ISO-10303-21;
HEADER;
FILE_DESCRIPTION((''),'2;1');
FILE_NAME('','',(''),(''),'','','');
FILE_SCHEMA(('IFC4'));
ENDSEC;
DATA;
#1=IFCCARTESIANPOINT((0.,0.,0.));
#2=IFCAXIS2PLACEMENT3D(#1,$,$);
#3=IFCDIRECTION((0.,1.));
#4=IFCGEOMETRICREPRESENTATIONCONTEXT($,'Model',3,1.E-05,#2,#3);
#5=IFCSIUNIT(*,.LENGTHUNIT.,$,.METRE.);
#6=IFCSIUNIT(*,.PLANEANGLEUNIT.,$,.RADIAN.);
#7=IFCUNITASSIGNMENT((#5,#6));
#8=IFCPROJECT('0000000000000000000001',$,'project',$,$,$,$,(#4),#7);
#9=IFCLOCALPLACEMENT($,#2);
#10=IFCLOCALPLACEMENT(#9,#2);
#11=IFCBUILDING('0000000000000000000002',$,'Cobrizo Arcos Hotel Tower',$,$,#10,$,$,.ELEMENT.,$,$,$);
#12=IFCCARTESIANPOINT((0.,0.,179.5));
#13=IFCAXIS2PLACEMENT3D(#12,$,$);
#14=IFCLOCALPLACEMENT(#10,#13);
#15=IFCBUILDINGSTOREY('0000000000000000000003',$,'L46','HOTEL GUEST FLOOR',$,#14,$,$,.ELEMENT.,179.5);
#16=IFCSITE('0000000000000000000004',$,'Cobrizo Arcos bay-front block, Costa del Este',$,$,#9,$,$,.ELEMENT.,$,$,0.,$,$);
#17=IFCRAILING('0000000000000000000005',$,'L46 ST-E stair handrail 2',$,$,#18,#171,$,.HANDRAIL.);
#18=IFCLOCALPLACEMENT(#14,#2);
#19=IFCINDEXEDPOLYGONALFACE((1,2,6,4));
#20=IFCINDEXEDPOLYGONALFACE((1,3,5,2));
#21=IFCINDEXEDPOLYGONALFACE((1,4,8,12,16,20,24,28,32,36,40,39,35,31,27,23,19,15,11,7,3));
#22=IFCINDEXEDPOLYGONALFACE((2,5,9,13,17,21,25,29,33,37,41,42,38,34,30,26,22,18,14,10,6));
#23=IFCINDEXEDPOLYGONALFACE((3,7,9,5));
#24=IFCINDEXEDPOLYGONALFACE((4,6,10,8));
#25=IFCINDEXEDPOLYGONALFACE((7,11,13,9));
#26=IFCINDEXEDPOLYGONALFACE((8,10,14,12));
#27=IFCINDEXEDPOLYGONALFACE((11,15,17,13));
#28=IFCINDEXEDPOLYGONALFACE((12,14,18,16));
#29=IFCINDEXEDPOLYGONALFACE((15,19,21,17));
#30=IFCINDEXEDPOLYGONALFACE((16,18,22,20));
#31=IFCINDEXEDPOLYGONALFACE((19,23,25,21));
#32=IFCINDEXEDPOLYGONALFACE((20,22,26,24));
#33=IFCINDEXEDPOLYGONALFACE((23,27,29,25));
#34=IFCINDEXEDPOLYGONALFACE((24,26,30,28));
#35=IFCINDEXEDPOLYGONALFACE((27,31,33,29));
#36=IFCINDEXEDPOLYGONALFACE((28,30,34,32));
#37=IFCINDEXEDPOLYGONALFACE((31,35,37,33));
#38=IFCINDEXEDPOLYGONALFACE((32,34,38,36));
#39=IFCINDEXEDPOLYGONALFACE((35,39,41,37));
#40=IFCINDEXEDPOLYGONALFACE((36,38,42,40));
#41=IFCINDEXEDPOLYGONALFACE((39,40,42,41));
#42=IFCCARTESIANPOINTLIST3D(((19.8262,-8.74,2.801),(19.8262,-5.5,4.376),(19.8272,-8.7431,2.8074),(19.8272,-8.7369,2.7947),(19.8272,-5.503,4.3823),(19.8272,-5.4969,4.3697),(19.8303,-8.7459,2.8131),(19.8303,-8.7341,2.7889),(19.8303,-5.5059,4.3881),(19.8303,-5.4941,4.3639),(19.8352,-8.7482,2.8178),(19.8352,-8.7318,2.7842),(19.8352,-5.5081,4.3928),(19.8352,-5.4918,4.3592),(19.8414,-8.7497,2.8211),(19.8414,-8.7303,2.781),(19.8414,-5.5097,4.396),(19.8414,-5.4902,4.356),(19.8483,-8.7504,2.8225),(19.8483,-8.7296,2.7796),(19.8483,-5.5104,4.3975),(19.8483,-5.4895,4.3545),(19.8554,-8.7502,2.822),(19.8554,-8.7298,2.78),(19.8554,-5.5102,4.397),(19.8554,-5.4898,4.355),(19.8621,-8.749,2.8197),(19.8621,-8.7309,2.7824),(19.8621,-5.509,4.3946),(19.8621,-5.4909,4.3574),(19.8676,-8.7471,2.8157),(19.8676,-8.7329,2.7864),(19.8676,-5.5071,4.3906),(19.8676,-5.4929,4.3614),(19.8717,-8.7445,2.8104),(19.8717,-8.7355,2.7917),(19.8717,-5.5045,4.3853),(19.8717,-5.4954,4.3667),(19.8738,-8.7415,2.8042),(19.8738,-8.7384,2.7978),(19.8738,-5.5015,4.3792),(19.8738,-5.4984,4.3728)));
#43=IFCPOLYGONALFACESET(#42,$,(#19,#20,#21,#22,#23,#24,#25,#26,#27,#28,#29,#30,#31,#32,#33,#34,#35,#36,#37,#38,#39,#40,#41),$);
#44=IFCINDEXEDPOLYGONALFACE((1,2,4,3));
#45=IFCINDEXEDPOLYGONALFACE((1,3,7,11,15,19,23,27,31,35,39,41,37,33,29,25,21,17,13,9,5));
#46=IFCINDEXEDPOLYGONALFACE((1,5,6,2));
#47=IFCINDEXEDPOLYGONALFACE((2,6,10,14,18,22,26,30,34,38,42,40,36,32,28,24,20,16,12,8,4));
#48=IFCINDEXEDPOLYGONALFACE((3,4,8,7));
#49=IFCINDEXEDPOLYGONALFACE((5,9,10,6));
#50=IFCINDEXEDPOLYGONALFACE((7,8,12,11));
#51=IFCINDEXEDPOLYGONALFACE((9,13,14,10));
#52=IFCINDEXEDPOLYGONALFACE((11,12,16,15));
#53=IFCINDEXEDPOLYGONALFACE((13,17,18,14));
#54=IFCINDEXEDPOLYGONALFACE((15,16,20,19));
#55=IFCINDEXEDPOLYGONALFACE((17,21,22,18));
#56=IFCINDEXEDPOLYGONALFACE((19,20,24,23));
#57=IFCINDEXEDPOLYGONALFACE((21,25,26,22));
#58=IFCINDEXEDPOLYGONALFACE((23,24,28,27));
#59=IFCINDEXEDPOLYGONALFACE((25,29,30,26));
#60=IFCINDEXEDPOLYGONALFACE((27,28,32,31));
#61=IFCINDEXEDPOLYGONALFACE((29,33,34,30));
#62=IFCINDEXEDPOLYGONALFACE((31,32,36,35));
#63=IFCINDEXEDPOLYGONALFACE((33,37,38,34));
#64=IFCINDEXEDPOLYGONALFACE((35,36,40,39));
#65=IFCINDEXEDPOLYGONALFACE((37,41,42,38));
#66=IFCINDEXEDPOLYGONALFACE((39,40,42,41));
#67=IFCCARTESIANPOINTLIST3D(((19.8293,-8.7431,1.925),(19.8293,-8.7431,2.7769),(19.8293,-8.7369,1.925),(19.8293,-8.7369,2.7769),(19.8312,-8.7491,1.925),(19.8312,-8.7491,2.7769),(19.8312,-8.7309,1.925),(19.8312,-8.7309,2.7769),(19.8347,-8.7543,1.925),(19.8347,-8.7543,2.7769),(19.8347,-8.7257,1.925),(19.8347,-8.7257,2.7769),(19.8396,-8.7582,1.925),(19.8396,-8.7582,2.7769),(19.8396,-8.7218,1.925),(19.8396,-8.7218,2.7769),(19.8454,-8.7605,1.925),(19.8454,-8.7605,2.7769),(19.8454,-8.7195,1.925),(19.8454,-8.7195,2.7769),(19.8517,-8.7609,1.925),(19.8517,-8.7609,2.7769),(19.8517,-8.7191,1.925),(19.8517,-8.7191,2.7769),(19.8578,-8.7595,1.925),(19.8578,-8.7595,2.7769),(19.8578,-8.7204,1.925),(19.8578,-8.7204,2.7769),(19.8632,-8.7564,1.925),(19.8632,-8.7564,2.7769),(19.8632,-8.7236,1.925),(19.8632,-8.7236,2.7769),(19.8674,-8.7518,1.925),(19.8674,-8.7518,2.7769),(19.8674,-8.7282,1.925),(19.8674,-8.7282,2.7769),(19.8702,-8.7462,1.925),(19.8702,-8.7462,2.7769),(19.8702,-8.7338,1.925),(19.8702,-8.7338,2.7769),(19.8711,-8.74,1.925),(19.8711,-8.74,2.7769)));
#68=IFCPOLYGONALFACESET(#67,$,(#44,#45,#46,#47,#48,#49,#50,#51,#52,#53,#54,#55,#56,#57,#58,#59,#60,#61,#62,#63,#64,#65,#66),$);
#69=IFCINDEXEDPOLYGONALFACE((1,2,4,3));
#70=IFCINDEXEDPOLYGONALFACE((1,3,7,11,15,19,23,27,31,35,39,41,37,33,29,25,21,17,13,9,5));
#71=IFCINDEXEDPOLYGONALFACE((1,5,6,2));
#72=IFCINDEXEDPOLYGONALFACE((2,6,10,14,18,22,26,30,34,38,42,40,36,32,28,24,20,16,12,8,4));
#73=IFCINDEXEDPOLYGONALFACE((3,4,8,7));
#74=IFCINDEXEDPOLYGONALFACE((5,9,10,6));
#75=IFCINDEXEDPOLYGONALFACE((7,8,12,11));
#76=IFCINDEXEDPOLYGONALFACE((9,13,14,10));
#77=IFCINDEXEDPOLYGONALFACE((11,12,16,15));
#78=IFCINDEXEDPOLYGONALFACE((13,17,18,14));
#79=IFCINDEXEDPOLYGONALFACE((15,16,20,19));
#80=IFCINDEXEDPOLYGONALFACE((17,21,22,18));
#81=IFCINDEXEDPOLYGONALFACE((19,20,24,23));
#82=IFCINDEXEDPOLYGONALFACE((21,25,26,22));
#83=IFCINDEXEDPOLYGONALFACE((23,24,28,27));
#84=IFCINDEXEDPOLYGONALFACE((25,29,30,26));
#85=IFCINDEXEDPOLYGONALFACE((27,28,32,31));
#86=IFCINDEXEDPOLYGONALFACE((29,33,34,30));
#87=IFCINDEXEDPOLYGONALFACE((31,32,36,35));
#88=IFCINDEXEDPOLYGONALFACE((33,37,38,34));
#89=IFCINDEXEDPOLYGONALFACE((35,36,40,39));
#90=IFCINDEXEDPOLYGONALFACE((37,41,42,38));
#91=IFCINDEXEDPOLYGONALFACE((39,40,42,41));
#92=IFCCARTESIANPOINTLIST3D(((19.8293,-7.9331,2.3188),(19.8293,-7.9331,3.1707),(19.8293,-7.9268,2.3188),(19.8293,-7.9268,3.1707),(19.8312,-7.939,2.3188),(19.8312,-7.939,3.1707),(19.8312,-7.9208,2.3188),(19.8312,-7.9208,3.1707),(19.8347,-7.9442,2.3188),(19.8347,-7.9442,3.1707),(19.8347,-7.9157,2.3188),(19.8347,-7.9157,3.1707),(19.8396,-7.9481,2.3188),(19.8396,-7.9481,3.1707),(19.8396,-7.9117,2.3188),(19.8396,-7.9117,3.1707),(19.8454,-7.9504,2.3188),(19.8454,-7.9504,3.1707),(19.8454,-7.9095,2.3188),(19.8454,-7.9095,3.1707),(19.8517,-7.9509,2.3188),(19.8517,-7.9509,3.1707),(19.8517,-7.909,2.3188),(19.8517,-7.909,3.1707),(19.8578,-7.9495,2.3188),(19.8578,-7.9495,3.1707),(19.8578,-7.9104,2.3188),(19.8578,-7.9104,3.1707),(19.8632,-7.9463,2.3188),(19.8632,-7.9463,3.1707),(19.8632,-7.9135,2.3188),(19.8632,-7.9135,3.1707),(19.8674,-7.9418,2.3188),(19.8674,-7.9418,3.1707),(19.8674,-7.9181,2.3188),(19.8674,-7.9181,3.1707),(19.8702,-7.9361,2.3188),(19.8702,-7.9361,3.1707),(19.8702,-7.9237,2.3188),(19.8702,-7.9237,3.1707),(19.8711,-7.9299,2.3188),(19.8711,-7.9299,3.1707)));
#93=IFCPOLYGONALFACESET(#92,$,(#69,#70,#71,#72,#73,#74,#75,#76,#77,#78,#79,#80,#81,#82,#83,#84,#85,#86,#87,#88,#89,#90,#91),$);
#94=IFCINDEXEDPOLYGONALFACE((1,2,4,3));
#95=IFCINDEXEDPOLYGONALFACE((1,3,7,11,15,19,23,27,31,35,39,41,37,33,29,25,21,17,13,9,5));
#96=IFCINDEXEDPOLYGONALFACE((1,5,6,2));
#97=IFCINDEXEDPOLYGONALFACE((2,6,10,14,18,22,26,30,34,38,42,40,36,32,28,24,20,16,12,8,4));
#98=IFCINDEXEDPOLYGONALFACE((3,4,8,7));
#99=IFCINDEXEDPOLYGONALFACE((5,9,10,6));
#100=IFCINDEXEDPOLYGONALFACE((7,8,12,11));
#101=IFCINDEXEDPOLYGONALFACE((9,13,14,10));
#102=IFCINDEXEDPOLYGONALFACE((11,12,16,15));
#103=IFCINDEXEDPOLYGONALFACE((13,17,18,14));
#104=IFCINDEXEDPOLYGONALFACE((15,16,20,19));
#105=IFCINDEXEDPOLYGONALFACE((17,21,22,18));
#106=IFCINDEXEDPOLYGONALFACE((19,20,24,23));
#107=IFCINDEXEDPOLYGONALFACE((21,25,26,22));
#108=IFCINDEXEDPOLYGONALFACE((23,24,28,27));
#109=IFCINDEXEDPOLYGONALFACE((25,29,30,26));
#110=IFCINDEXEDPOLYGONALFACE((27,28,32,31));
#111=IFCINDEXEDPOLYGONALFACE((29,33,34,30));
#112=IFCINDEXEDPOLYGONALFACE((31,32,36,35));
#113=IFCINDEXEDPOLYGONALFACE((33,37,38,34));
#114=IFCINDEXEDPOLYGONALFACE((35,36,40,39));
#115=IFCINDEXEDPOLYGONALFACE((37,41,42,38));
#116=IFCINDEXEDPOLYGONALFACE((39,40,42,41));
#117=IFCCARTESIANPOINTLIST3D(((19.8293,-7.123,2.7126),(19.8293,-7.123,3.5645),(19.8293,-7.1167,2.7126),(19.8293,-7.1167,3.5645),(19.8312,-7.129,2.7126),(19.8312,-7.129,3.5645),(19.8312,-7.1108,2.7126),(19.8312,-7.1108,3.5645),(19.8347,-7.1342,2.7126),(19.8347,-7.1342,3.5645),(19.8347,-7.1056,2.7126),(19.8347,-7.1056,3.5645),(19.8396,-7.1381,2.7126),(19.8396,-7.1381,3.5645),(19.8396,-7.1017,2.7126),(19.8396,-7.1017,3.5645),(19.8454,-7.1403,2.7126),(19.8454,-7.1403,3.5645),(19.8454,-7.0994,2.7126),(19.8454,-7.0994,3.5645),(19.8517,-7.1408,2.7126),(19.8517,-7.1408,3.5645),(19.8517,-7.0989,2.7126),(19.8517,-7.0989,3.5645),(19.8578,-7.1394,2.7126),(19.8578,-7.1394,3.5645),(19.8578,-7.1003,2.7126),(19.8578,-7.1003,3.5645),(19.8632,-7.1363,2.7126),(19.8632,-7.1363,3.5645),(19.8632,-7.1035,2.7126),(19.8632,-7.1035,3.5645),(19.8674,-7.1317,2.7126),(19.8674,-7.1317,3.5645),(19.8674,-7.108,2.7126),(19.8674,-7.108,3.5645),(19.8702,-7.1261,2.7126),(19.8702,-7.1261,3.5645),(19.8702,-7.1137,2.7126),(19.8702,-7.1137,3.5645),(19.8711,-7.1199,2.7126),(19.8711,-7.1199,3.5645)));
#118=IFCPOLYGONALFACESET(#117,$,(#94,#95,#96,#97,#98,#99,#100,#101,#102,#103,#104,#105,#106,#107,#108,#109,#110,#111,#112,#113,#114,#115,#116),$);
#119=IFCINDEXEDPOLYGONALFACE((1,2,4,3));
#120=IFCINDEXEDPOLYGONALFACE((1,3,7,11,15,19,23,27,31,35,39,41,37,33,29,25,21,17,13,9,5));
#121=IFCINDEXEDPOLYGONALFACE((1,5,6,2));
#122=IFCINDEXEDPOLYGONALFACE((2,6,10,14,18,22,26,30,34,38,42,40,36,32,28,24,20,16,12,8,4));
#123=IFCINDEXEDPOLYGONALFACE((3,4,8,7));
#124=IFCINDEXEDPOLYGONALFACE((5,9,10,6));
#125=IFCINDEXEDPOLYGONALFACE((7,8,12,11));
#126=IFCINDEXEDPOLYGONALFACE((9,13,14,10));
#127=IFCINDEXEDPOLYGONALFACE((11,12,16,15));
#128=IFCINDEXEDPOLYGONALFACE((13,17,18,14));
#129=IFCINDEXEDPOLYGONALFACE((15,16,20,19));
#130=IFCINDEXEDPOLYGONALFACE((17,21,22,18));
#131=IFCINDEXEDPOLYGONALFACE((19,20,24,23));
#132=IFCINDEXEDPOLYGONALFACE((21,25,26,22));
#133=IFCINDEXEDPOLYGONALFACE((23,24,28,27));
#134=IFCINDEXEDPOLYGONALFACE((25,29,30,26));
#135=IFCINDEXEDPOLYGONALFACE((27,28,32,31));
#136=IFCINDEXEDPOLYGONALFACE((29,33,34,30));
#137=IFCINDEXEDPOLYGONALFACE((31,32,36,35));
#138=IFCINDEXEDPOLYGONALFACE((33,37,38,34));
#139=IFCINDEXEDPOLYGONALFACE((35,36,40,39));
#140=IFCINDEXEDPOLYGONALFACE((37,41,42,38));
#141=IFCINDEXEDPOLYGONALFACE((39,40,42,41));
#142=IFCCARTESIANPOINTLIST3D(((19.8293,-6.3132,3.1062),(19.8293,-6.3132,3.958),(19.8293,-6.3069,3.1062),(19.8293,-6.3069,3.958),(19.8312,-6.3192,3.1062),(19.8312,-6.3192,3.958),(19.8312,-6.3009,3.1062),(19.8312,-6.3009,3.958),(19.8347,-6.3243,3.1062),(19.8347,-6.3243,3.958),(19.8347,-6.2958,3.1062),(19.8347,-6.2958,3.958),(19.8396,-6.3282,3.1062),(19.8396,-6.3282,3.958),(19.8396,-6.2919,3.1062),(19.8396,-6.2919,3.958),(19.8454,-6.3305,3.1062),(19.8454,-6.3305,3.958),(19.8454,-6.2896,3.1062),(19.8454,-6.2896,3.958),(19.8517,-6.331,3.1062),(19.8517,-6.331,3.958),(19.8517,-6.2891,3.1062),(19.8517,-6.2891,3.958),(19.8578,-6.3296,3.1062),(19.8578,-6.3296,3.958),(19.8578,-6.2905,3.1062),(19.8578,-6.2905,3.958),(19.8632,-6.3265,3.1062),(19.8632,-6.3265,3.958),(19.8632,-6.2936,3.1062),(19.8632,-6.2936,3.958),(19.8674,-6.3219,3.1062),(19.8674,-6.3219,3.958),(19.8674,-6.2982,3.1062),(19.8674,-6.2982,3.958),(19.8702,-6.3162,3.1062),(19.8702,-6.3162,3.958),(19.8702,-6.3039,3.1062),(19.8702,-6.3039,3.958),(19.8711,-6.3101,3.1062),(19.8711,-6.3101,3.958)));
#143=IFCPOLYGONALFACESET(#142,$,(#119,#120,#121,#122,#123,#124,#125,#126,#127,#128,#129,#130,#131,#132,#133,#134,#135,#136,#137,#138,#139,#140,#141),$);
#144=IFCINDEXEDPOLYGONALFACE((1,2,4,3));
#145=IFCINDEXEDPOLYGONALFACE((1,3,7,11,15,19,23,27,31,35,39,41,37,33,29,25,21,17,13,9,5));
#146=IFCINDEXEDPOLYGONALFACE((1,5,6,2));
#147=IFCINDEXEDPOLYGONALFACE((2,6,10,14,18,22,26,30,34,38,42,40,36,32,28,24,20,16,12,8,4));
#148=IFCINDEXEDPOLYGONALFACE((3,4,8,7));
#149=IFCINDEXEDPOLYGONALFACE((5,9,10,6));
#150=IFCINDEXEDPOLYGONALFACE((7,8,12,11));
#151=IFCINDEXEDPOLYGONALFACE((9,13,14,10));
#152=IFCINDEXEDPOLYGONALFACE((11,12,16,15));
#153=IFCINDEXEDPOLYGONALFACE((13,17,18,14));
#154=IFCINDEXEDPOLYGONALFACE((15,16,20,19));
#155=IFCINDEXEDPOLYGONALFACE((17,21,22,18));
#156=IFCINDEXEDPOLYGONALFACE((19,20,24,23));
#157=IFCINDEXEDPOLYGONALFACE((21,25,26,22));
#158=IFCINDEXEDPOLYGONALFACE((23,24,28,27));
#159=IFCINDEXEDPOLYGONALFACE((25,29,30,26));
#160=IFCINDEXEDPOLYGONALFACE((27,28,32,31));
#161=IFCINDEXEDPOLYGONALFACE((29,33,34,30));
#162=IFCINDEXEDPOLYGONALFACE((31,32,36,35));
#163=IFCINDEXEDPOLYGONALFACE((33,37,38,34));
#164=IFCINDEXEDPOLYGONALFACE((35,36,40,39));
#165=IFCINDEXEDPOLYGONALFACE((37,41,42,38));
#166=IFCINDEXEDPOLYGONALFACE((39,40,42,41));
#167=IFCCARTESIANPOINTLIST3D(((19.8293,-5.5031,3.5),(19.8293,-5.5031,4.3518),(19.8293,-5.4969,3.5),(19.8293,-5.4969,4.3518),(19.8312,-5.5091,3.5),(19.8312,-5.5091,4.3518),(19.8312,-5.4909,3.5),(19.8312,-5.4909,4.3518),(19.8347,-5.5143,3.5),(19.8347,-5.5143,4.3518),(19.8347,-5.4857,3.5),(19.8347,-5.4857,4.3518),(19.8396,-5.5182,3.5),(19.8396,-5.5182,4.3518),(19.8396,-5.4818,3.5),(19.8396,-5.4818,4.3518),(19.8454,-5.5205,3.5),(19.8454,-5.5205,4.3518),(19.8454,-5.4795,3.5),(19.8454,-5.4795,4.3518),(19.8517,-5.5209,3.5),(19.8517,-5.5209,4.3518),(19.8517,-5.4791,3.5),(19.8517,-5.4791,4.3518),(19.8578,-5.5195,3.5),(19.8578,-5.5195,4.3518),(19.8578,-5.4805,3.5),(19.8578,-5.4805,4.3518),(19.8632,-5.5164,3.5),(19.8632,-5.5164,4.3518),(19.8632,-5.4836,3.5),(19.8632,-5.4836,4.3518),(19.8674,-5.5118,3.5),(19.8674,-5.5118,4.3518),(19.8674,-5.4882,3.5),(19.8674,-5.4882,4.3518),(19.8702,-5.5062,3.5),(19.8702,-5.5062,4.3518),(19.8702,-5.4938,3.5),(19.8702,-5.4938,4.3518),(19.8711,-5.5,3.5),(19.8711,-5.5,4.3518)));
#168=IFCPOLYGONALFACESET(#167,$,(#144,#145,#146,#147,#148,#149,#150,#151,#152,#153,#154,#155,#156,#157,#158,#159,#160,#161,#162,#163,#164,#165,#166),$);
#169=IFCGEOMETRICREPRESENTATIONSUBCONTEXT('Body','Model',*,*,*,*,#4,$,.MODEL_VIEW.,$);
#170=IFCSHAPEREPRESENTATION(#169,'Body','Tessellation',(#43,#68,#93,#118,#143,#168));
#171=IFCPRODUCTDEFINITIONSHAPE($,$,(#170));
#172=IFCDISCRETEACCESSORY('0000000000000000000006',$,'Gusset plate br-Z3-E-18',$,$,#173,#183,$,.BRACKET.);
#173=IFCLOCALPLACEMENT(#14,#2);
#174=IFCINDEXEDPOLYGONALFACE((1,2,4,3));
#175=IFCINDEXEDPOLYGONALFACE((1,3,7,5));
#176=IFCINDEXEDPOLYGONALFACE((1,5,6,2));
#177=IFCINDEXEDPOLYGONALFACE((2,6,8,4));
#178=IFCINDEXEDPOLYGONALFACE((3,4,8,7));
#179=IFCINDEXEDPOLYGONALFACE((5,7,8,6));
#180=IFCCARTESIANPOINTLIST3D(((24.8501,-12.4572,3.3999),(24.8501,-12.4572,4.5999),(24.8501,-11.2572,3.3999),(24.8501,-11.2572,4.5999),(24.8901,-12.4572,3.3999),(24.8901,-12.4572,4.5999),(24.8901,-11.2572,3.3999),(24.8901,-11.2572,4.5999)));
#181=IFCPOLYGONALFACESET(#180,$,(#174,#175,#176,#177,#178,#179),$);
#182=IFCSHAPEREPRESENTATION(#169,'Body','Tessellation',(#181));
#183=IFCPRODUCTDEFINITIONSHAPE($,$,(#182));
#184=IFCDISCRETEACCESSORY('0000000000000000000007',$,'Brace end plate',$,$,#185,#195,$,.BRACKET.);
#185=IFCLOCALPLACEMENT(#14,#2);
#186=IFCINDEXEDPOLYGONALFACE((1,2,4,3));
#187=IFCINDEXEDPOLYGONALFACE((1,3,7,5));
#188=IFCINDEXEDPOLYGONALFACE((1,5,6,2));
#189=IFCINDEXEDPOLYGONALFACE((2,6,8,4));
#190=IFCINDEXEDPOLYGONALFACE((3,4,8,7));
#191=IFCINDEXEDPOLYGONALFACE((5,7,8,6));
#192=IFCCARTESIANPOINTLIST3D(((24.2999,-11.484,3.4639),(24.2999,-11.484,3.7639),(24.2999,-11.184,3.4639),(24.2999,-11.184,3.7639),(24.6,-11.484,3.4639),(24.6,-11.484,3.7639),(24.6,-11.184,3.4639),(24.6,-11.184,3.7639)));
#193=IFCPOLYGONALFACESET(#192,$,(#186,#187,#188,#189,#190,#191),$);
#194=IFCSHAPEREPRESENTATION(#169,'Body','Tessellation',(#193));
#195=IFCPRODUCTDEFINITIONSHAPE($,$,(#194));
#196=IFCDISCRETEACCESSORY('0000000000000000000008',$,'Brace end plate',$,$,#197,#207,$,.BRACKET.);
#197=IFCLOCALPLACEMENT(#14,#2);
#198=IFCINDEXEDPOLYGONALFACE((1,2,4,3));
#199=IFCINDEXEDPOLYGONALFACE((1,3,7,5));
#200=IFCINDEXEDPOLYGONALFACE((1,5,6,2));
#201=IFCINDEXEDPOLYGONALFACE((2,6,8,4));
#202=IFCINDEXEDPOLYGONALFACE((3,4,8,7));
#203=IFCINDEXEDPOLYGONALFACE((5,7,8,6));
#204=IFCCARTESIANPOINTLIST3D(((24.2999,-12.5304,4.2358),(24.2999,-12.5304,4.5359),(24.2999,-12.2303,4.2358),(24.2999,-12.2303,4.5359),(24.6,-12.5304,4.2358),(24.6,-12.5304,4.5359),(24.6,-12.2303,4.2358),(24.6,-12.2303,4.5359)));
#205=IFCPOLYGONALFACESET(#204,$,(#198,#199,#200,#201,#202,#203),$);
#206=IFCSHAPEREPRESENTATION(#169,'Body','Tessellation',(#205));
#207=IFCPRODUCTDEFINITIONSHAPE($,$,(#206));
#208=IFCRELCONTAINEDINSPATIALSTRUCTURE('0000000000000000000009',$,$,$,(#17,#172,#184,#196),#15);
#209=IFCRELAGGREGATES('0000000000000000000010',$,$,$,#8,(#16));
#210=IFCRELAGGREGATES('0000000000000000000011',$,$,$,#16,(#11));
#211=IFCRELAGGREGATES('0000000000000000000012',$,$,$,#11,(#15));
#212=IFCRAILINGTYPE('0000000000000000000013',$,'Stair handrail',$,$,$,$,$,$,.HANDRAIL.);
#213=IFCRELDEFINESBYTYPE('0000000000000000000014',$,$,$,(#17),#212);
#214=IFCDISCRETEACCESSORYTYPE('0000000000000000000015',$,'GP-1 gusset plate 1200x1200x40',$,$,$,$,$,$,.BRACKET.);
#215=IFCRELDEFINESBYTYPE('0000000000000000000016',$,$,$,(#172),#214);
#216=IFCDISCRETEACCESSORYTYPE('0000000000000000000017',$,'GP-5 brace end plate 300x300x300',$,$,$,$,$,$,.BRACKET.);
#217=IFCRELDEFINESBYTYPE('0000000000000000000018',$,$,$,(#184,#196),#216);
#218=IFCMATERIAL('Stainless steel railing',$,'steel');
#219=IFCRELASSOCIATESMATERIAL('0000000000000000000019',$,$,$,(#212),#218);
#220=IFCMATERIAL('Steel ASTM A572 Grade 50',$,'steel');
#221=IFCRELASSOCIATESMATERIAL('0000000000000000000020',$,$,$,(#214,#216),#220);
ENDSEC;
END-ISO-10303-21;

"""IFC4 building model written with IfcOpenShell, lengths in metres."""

from ifc_helpers import new_model, si_unit, direction, frame, origin, origin_2d, place, context, subcontext, project, spatial, rectangle, circle, extrude, material, type_object, element, save


model = new_model("IFC4")

# Units and contexts
model_context = context("Model", 3, precision=1e-05, world=origin(), true_north=direction((0.0, 1.0)))
body_context = subcontext(model_context, "Body", "Model", "MODEL_VIEW")
ifc_project = project(units=[si_unit("LENGTHUNIT", "METRE"), si_unit("PLANEANGLEUNIT", "RADIAN")], contexts=[model_context])

# Site, building, storey
site_placement = place(None, origin())
site = spatial("IfcSite", under=ifc_project, at=site_placement, Name="Cobrizo Arcos bay-front block, Costa del Este", CompositionType="ELEMENT", RefElevation=0.0)
building_placement = place(site_placement, origin())
building = spatial("IfcBuilding", under=site, at=building_placement, Name="Cobrizo Arcos Hotel Tower", CompositionType="ELEMENT")
storey_placement = place(building_placement, frame((0.0, 0.0, 179.5)))
storey = spatial("IfcBuildingStorey", under=building, at=storey_placement, Name="L46", Description="HOTEL GUEST FLOOR", CompositionType="ELEMENT", Elevation=179.5)

# Shared definitions
ifc_material_1 = material(Name="Steel ASTM A572 Grade 50", Category="steel")

# Railing
ifc_material_2 = material(Name="Stainless steel railing", Category="steel")
railing_type_1 = type_object("IfcRailingType", Name="Stair handrail", PredefinedType="HANDRAIL", material=ifc_material_2)
railing_1_placement = place(storey_placement, frame((19.8501, -8.74, 1.925)))
element("IfcRailing", 1, at=railing_1_placement, inside=storey, type_object=railing_type_1, Name="L46 ST-E stair handrail 2", PredefinedType="HANDRAIL", context=body_context, shape_type="SweptSolid", body=[
    extrude(circle(Radius=0.0239, at=origin_2d()), frame((0.0, 0.0, 0.876), z_axis=(0.0, 0.899373, 0.437183), x_axis=(-1.0, 0.0, 0.0)), (0.0, 0.0, 1.0), 3.6025),
    extrude(circle(Radius=0.021, at=origin_2d()), origin(), (0.0, 0.0, 1.0), 0.8518),
    extrude(circle(Radius=0.021, at=origin_2d()), frame((0.0, 0.8101, 0.3938)), (0.0, 0.0, 1.0), 0.8518),
    extrude(circle(Radius=0.021, at=origin_2d()), frame((0.0, 1.6201, 0.7876)), (0.0, 0.0, 1.0), 0.8518),
    extrude(circle(Radius=0.021, at=origin_2d()), frame((0.0, 2.4299, 1.1812)), (0.0, 0.0, 1.0), 0.8518),
    extrude(circle(Radius=0.021, at=origin_2d()), frame((0.0, 3.24, 1.575)), (0.0, 0.0, 1.0), 0.8518),
])

# Discrete accessories
discrete_accessory_type_1 = type_object("IfcDiscreteAccessoryType", Name="GP-1 gusset plate 1200x1200x40", PredefinedType="BRACKET", material=ifc_material_1)
discrete_accessory_placement = place(storey_placement, frame((24.8701, -11.8572, 3.3999), z_axis=(0.0, 0.0, 1.0), x_axis=(1.0, 0.0, 0.0)))
element("IfcDiscreteAccessory", 2, at=discrete_accessory_placement, inside=storey, type_object=discrete_accessory_type_1, Name="Gusset plate br-Z3-E-18", PredefinedType="BRACKET", context=body_context, shape_type="SweptSolid", body=[
    extrude(rectangle(XDim=0.04, YDim=1.2, at=origin_2d()), origin(), (0.0, 0.0, 1.0), 1.2),
])
discrete_accessory_type_2 = type_object("IfcDiscreteAccessoryType", Name="GP-5 brace end plate 300x300x300", PredefinedType="BRACKET", material=ifc_material_1)
for number, where, z_axis, x_axis, name in (
    (3, (24.45, -11.334, 3.4639), (0.0, 0.0, 1.0), (1.0, 0.0, 0.0), "Brace end plate"),
    (4, (24.45, -12.3804, 4.2358), (0.0, 0.0, 1.0), (1.0, 0.0, 0.0), "Brace end plate"),
):
    element("IfcDiscreteAccessory", number, at=place(storey_placement, frame(where, z_axis=z_axis, x_axis=x_axis)), inside=storey, type_object=discrete_accessory_type_2, Name=name, PredefinedType="BRACKET", context=body_context, shape_type="SweptSolid", body=[
        extrude(rectangle(XDim=0.3, YDim=0.3, at=origin_2d()), origin(), (0.0, 0.0, 1.0), 0.3),
    ])

save(model, "model.ifc")
